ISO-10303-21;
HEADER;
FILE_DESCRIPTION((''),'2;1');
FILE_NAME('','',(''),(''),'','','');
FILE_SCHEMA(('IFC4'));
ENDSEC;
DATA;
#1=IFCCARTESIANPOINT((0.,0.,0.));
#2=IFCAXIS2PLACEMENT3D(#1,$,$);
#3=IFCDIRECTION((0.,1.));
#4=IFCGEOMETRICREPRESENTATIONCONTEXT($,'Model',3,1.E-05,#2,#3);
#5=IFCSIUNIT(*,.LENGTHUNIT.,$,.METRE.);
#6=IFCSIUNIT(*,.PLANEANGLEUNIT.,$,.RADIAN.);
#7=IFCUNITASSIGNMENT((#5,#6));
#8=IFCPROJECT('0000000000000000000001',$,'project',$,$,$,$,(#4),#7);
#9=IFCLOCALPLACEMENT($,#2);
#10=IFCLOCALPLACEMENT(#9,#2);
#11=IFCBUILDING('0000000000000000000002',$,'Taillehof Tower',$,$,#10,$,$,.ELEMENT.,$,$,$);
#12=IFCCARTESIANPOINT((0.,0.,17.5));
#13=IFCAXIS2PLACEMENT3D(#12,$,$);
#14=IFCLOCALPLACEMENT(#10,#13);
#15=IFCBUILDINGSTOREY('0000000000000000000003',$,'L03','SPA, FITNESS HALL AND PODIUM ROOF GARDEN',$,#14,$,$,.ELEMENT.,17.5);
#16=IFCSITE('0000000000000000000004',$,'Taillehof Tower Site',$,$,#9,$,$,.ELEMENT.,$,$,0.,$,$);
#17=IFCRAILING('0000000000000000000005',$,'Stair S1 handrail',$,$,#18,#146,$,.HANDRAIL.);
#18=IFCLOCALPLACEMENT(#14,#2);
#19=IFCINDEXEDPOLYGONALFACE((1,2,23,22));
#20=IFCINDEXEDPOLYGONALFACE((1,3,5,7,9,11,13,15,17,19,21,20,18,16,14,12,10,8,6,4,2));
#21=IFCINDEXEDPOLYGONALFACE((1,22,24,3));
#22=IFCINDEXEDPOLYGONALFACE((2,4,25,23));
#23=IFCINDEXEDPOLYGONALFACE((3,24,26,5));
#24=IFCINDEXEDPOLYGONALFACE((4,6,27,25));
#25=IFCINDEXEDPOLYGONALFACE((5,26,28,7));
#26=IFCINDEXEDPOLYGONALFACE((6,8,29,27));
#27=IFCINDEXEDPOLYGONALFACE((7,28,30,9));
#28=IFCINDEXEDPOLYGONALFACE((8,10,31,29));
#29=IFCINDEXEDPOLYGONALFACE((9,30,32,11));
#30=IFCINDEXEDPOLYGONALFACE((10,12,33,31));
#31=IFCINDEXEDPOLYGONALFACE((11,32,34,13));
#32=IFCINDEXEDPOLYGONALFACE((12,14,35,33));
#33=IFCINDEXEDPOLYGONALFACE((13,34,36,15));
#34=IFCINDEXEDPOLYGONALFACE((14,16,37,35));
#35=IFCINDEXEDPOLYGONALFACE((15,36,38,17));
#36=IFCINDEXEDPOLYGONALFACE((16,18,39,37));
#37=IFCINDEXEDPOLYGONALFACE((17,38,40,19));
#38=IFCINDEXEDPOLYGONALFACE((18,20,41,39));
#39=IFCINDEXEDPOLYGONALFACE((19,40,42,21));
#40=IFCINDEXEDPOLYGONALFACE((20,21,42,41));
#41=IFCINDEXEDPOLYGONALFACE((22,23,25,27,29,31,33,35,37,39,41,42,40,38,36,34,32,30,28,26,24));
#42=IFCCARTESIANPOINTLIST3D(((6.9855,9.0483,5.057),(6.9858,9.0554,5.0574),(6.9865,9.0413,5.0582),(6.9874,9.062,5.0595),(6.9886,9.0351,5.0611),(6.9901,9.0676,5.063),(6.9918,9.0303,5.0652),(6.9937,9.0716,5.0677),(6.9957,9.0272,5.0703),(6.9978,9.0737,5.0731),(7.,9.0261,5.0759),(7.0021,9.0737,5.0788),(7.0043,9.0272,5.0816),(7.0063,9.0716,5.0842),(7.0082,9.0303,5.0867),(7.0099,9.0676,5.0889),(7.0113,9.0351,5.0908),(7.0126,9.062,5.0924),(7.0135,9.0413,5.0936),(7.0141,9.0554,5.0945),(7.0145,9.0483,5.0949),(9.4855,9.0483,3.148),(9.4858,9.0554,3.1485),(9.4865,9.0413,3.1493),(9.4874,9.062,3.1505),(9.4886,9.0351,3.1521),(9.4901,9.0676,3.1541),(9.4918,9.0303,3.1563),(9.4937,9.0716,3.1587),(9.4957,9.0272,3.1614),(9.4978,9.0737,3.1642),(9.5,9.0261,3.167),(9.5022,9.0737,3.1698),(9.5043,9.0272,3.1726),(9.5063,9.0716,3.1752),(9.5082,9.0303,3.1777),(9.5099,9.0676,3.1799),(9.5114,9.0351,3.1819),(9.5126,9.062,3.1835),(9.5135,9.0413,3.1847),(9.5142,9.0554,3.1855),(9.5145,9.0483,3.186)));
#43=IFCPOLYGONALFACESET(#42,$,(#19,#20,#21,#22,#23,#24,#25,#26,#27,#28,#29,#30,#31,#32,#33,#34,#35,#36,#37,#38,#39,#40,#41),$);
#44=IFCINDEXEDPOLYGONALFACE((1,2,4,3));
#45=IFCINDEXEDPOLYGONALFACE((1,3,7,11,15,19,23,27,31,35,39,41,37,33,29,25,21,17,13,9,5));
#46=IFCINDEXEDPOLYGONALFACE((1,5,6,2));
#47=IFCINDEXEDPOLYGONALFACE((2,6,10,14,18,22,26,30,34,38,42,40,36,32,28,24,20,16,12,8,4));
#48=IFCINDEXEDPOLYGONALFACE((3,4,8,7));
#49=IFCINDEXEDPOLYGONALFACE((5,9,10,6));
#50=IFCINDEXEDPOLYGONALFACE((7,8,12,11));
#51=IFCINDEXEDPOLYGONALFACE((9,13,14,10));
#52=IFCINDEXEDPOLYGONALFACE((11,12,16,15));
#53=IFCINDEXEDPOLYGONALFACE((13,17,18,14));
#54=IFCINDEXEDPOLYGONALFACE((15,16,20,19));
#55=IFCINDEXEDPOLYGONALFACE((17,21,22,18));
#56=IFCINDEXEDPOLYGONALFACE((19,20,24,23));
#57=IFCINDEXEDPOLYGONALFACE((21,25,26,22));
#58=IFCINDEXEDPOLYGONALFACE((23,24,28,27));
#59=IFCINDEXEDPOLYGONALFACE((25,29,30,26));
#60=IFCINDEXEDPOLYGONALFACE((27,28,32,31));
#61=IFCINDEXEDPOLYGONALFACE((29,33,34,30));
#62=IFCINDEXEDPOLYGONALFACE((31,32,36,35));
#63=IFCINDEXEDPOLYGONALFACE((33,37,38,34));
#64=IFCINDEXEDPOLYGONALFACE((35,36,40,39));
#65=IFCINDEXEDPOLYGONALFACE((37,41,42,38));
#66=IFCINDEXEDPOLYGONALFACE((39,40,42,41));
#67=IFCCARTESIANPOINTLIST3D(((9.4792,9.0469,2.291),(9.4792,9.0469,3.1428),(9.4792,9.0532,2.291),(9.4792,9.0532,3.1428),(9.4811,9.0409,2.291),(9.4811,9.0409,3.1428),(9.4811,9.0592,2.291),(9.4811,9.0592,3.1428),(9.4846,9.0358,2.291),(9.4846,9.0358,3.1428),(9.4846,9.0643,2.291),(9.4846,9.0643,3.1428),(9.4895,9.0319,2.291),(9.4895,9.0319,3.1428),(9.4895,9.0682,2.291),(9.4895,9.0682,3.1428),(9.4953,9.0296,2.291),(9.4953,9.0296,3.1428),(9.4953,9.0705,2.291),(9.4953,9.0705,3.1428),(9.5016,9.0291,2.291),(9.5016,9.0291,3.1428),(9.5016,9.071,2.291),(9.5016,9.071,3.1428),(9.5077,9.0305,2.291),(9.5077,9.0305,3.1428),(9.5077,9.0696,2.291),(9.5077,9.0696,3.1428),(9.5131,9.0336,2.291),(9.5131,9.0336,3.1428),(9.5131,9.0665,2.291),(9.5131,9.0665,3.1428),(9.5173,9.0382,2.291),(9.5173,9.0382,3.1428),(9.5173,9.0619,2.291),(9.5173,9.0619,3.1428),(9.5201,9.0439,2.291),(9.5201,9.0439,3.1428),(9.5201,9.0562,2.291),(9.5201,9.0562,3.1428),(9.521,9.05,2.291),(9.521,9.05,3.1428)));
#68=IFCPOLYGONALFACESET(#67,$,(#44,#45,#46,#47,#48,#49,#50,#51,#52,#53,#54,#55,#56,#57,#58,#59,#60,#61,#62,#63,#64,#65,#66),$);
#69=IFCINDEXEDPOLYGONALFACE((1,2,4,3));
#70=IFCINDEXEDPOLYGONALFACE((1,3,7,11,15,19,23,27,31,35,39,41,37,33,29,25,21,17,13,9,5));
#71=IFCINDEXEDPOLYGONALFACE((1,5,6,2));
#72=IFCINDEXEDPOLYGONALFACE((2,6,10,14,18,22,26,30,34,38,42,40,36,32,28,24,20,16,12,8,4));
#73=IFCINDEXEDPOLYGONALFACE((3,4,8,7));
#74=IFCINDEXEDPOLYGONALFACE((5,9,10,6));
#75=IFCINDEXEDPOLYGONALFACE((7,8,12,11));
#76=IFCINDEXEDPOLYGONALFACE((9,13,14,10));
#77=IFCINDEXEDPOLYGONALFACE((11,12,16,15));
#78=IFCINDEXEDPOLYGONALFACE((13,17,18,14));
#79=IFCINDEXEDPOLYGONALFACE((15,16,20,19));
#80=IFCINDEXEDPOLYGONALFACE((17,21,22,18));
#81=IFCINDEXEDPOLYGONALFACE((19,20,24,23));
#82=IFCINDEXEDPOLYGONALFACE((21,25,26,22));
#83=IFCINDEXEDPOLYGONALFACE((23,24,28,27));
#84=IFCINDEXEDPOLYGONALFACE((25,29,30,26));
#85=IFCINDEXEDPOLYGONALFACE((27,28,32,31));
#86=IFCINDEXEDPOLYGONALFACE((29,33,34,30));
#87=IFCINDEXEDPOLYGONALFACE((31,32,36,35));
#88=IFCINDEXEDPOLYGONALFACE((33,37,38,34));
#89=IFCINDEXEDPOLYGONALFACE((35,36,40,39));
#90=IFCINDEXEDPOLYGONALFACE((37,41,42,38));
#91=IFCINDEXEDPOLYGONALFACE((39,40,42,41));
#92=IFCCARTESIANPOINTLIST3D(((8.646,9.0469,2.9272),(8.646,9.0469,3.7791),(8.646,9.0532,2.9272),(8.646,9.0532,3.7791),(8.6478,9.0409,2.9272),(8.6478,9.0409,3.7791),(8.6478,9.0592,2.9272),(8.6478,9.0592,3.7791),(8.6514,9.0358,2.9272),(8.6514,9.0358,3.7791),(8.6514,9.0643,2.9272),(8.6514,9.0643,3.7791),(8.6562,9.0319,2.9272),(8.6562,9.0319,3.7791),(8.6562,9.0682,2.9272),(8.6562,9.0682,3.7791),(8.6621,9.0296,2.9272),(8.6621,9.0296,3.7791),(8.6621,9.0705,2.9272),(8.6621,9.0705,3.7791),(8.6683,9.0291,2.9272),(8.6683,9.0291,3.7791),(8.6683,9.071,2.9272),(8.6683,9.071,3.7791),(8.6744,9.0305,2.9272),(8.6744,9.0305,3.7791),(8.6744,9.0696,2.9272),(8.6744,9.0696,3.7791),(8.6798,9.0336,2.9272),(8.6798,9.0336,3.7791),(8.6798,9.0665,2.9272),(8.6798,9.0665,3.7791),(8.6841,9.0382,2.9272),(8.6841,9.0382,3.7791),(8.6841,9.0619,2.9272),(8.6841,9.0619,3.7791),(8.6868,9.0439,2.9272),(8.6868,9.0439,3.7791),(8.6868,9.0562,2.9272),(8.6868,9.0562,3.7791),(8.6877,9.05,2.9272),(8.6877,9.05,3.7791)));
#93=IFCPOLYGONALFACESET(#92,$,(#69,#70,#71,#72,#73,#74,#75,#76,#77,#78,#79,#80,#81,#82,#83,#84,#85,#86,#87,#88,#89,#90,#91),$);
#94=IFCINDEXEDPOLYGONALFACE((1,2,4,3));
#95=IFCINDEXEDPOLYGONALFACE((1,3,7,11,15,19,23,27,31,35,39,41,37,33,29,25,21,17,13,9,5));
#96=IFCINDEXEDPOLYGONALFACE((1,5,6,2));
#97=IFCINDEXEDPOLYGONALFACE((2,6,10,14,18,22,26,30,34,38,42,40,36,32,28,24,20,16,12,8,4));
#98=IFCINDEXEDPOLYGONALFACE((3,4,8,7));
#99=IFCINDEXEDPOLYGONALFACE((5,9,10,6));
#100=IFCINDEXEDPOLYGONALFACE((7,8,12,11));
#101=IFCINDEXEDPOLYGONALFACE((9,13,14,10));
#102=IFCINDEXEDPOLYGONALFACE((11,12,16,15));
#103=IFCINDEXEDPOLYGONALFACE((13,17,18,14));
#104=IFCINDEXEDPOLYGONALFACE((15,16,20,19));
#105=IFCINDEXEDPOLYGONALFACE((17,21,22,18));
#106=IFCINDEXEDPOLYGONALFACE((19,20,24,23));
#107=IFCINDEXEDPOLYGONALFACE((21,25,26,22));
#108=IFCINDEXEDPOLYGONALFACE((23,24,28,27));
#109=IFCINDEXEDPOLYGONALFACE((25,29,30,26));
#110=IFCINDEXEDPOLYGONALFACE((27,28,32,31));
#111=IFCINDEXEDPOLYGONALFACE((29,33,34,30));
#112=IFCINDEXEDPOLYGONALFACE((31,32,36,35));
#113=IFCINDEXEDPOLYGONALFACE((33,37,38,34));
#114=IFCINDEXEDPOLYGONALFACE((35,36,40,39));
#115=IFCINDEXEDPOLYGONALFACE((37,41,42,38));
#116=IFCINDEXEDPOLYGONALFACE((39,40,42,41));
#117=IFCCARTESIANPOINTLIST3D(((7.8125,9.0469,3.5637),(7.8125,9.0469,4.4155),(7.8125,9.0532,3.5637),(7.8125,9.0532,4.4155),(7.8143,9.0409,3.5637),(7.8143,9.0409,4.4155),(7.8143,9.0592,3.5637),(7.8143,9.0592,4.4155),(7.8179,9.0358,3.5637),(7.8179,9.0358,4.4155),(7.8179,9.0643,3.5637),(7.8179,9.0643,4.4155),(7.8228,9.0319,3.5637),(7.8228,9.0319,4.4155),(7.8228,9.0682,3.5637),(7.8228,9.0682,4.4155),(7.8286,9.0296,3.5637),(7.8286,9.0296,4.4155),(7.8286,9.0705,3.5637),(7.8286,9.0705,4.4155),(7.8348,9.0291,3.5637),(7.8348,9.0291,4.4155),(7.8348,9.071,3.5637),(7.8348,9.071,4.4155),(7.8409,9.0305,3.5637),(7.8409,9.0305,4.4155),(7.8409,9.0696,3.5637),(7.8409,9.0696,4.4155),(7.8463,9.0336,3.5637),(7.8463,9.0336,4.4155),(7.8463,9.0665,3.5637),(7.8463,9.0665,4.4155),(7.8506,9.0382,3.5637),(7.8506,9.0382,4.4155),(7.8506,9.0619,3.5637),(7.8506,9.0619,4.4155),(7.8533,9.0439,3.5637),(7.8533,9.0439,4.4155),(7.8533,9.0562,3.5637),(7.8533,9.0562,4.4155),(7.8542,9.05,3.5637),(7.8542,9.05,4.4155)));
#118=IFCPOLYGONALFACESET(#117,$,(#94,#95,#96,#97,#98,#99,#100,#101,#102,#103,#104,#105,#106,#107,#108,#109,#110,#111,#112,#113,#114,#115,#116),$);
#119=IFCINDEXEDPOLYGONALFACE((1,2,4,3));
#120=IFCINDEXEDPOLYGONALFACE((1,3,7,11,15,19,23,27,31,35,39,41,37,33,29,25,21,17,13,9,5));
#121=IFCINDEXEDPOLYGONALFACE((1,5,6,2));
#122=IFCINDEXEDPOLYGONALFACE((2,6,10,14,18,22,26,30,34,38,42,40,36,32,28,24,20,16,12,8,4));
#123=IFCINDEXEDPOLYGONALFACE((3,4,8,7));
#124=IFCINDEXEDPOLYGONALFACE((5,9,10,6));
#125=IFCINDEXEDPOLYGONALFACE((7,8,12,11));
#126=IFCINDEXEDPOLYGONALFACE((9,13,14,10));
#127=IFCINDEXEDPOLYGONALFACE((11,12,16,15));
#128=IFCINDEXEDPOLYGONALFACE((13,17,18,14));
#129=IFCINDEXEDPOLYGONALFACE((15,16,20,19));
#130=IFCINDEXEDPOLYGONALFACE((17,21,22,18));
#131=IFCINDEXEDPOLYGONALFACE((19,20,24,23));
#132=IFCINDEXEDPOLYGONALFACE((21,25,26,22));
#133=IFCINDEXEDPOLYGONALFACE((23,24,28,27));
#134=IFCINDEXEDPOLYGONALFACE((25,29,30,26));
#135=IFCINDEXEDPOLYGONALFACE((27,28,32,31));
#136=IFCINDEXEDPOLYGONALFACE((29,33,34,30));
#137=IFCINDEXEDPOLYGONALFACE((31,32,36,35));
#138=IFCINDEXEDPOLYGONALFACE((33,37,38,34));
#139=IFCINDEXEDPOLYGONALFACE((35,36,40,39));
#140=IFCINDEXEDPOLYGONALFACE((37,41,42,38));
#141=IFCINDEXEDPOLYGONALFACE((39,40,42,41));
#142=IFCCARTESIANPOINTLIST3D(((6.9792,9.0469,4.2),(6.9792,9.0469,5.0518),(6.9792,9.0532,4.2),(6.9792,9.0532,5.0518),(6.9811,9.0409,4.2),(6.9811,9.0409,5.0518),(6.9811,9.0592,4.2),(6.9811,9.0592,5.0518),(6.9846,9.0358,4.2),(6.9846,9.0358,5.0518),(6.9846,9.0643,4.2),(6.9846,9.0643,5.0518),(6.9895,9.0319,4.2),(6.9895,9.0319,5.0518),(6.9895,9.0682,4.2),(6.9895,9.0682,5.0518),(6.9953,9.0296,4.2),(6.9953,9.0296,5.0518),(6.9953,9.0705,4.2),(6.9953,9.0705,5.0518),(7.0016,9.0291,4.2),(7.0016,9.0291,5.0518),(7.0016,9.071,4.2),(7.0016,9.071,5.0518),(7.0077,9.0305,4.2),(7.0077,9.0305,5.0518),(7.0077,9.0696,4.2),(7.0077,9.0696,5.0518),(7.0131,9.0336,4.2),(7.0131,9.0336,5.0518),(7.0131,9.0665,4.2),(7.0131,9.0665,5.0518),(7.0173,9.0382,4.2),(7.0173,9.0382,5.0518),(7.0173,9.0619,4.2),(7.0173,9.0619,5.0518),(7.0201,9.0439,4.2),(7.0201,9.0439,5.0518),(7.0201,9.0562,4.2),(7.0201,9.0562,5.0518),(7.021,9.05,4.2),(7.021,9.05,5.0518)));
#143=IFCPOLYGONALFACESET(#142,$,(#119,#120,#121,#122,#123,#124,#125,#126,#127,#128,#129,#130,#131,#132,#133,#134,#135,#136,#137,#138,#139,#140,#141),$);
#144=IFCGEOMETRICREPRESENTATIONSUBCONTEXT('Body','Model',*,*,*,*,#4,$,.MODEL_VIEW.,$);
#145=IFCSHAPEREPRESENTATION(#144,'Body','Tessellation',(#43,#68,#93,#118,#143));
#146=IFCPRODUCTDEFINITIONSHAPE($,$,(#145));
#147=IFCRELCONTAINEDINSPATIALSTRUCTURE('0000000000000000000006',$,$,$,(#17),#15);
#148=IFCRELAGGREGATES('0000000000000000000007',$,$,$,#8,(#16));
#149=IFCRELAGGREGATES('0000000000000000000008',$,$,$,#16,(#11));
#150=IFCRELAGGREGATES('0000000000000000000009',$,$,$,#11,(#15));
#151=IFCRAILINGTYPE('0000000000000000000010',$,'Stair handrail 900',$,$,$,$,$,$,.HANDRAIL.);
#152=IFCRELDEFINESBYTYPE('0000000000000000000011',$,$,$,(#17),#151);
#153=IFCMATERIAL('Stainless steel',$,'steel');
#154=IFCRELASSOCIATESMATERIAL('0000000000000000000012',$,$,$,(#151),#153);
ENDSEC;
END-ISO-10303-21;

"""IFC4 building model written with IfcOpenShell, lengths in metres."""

from ifc_helpers import new_model, si_unit, direction, frame, origin, origin_2d, place, context, subcontext, project, spatial, circle, extrude, material, type_object, element, save


model = new_model("IFC4")

# Units and contexts
model_context = context("Model", 3, precision=1e-05, world=origin(), true_north=direction((0.0, 1.0)))
body_context = subcontext(model_context, "Body", "Model", "MODEL_VIEW")
ifc_project = project(units=[si_unit("LENGTHUNIT", "METRE"), si_unit("PLANEANGLEUNIT", "RADIAN")], contexts=[model_context])

# Site, building, storey
site_placement = place(None, origin())
site = spatial("IfcSite", under=ifc_project, at=site_placement, Name="Taillehof Tower Site", CompositionType="ELEMENT", RefElevation=0.0)
building_placement = place(site_placement, origin())
building = spatial("IfcBuilding", under=site, at=building_placement, Name="Taillehof Tower", CompositionType="ELEMENT")
storey_placement = place(building_placement, frame((0.0, 0.0, 17.5)))
storey = spatial("IfcBuildingStorey", under=building, at=storey_placement, Name="L03", Description="SPA, FITNESS HALL AND PODIUM ROOF GARDEN", CompositionType="ELEMENT", Elevation=17.5)

# Railing
ifc_material_1 = material(Name="Stainless steel", Category="steel")
railing_type = type_object("IfcRailingType", Name="Stair handrail 900", PredefinedType="HANDRAIL", material=ifc_material_1)
railing_1_placement = place(storey_placement, frame((9.5, 9.05, 2.291)))
element("IfcRailing", 1, at=railing_1_placement, inside=storey, type_object=railing_type, Name="Stair S1 handrail", PredefinedType="HANDRAIL", context=body_context, shape_type="SweptSolid", body=[
    extrude(circle(Radius=0.0239, at=origin_2d()), frame((0.0, 0.0, 0.876), z_axis=(-0.794792, 0.0, 0.606882), x_axis=(0.0, -1.0, 0.0)), (0.0, 0.0, 1.0), 3.1455),
    extrude(circle(Radius=0.021, at=origin_2d()), origin(), (0.0, 0.0, 1.0), 0.8518),
    extrude(circle(Radius=0.021, at=origin_2d()), frame((-0.8333, 0.0, 0.6362)), (0.0, 0.0, 1.0), 0.8518),
    extrude(circle(Radius=0.021, at=origin_2d()), frame((-1.6667, 0.0, 1.2727)), (0.0, 0.0, 1.0), 0.8518),
    extrude(circle(Radius=0.021, at=origin_2d()), frame((-2.5, 0.0, 1.9089)), (0.0, 0.0, 1.0), 0.8518),
])

save(model, "model.ifc")
